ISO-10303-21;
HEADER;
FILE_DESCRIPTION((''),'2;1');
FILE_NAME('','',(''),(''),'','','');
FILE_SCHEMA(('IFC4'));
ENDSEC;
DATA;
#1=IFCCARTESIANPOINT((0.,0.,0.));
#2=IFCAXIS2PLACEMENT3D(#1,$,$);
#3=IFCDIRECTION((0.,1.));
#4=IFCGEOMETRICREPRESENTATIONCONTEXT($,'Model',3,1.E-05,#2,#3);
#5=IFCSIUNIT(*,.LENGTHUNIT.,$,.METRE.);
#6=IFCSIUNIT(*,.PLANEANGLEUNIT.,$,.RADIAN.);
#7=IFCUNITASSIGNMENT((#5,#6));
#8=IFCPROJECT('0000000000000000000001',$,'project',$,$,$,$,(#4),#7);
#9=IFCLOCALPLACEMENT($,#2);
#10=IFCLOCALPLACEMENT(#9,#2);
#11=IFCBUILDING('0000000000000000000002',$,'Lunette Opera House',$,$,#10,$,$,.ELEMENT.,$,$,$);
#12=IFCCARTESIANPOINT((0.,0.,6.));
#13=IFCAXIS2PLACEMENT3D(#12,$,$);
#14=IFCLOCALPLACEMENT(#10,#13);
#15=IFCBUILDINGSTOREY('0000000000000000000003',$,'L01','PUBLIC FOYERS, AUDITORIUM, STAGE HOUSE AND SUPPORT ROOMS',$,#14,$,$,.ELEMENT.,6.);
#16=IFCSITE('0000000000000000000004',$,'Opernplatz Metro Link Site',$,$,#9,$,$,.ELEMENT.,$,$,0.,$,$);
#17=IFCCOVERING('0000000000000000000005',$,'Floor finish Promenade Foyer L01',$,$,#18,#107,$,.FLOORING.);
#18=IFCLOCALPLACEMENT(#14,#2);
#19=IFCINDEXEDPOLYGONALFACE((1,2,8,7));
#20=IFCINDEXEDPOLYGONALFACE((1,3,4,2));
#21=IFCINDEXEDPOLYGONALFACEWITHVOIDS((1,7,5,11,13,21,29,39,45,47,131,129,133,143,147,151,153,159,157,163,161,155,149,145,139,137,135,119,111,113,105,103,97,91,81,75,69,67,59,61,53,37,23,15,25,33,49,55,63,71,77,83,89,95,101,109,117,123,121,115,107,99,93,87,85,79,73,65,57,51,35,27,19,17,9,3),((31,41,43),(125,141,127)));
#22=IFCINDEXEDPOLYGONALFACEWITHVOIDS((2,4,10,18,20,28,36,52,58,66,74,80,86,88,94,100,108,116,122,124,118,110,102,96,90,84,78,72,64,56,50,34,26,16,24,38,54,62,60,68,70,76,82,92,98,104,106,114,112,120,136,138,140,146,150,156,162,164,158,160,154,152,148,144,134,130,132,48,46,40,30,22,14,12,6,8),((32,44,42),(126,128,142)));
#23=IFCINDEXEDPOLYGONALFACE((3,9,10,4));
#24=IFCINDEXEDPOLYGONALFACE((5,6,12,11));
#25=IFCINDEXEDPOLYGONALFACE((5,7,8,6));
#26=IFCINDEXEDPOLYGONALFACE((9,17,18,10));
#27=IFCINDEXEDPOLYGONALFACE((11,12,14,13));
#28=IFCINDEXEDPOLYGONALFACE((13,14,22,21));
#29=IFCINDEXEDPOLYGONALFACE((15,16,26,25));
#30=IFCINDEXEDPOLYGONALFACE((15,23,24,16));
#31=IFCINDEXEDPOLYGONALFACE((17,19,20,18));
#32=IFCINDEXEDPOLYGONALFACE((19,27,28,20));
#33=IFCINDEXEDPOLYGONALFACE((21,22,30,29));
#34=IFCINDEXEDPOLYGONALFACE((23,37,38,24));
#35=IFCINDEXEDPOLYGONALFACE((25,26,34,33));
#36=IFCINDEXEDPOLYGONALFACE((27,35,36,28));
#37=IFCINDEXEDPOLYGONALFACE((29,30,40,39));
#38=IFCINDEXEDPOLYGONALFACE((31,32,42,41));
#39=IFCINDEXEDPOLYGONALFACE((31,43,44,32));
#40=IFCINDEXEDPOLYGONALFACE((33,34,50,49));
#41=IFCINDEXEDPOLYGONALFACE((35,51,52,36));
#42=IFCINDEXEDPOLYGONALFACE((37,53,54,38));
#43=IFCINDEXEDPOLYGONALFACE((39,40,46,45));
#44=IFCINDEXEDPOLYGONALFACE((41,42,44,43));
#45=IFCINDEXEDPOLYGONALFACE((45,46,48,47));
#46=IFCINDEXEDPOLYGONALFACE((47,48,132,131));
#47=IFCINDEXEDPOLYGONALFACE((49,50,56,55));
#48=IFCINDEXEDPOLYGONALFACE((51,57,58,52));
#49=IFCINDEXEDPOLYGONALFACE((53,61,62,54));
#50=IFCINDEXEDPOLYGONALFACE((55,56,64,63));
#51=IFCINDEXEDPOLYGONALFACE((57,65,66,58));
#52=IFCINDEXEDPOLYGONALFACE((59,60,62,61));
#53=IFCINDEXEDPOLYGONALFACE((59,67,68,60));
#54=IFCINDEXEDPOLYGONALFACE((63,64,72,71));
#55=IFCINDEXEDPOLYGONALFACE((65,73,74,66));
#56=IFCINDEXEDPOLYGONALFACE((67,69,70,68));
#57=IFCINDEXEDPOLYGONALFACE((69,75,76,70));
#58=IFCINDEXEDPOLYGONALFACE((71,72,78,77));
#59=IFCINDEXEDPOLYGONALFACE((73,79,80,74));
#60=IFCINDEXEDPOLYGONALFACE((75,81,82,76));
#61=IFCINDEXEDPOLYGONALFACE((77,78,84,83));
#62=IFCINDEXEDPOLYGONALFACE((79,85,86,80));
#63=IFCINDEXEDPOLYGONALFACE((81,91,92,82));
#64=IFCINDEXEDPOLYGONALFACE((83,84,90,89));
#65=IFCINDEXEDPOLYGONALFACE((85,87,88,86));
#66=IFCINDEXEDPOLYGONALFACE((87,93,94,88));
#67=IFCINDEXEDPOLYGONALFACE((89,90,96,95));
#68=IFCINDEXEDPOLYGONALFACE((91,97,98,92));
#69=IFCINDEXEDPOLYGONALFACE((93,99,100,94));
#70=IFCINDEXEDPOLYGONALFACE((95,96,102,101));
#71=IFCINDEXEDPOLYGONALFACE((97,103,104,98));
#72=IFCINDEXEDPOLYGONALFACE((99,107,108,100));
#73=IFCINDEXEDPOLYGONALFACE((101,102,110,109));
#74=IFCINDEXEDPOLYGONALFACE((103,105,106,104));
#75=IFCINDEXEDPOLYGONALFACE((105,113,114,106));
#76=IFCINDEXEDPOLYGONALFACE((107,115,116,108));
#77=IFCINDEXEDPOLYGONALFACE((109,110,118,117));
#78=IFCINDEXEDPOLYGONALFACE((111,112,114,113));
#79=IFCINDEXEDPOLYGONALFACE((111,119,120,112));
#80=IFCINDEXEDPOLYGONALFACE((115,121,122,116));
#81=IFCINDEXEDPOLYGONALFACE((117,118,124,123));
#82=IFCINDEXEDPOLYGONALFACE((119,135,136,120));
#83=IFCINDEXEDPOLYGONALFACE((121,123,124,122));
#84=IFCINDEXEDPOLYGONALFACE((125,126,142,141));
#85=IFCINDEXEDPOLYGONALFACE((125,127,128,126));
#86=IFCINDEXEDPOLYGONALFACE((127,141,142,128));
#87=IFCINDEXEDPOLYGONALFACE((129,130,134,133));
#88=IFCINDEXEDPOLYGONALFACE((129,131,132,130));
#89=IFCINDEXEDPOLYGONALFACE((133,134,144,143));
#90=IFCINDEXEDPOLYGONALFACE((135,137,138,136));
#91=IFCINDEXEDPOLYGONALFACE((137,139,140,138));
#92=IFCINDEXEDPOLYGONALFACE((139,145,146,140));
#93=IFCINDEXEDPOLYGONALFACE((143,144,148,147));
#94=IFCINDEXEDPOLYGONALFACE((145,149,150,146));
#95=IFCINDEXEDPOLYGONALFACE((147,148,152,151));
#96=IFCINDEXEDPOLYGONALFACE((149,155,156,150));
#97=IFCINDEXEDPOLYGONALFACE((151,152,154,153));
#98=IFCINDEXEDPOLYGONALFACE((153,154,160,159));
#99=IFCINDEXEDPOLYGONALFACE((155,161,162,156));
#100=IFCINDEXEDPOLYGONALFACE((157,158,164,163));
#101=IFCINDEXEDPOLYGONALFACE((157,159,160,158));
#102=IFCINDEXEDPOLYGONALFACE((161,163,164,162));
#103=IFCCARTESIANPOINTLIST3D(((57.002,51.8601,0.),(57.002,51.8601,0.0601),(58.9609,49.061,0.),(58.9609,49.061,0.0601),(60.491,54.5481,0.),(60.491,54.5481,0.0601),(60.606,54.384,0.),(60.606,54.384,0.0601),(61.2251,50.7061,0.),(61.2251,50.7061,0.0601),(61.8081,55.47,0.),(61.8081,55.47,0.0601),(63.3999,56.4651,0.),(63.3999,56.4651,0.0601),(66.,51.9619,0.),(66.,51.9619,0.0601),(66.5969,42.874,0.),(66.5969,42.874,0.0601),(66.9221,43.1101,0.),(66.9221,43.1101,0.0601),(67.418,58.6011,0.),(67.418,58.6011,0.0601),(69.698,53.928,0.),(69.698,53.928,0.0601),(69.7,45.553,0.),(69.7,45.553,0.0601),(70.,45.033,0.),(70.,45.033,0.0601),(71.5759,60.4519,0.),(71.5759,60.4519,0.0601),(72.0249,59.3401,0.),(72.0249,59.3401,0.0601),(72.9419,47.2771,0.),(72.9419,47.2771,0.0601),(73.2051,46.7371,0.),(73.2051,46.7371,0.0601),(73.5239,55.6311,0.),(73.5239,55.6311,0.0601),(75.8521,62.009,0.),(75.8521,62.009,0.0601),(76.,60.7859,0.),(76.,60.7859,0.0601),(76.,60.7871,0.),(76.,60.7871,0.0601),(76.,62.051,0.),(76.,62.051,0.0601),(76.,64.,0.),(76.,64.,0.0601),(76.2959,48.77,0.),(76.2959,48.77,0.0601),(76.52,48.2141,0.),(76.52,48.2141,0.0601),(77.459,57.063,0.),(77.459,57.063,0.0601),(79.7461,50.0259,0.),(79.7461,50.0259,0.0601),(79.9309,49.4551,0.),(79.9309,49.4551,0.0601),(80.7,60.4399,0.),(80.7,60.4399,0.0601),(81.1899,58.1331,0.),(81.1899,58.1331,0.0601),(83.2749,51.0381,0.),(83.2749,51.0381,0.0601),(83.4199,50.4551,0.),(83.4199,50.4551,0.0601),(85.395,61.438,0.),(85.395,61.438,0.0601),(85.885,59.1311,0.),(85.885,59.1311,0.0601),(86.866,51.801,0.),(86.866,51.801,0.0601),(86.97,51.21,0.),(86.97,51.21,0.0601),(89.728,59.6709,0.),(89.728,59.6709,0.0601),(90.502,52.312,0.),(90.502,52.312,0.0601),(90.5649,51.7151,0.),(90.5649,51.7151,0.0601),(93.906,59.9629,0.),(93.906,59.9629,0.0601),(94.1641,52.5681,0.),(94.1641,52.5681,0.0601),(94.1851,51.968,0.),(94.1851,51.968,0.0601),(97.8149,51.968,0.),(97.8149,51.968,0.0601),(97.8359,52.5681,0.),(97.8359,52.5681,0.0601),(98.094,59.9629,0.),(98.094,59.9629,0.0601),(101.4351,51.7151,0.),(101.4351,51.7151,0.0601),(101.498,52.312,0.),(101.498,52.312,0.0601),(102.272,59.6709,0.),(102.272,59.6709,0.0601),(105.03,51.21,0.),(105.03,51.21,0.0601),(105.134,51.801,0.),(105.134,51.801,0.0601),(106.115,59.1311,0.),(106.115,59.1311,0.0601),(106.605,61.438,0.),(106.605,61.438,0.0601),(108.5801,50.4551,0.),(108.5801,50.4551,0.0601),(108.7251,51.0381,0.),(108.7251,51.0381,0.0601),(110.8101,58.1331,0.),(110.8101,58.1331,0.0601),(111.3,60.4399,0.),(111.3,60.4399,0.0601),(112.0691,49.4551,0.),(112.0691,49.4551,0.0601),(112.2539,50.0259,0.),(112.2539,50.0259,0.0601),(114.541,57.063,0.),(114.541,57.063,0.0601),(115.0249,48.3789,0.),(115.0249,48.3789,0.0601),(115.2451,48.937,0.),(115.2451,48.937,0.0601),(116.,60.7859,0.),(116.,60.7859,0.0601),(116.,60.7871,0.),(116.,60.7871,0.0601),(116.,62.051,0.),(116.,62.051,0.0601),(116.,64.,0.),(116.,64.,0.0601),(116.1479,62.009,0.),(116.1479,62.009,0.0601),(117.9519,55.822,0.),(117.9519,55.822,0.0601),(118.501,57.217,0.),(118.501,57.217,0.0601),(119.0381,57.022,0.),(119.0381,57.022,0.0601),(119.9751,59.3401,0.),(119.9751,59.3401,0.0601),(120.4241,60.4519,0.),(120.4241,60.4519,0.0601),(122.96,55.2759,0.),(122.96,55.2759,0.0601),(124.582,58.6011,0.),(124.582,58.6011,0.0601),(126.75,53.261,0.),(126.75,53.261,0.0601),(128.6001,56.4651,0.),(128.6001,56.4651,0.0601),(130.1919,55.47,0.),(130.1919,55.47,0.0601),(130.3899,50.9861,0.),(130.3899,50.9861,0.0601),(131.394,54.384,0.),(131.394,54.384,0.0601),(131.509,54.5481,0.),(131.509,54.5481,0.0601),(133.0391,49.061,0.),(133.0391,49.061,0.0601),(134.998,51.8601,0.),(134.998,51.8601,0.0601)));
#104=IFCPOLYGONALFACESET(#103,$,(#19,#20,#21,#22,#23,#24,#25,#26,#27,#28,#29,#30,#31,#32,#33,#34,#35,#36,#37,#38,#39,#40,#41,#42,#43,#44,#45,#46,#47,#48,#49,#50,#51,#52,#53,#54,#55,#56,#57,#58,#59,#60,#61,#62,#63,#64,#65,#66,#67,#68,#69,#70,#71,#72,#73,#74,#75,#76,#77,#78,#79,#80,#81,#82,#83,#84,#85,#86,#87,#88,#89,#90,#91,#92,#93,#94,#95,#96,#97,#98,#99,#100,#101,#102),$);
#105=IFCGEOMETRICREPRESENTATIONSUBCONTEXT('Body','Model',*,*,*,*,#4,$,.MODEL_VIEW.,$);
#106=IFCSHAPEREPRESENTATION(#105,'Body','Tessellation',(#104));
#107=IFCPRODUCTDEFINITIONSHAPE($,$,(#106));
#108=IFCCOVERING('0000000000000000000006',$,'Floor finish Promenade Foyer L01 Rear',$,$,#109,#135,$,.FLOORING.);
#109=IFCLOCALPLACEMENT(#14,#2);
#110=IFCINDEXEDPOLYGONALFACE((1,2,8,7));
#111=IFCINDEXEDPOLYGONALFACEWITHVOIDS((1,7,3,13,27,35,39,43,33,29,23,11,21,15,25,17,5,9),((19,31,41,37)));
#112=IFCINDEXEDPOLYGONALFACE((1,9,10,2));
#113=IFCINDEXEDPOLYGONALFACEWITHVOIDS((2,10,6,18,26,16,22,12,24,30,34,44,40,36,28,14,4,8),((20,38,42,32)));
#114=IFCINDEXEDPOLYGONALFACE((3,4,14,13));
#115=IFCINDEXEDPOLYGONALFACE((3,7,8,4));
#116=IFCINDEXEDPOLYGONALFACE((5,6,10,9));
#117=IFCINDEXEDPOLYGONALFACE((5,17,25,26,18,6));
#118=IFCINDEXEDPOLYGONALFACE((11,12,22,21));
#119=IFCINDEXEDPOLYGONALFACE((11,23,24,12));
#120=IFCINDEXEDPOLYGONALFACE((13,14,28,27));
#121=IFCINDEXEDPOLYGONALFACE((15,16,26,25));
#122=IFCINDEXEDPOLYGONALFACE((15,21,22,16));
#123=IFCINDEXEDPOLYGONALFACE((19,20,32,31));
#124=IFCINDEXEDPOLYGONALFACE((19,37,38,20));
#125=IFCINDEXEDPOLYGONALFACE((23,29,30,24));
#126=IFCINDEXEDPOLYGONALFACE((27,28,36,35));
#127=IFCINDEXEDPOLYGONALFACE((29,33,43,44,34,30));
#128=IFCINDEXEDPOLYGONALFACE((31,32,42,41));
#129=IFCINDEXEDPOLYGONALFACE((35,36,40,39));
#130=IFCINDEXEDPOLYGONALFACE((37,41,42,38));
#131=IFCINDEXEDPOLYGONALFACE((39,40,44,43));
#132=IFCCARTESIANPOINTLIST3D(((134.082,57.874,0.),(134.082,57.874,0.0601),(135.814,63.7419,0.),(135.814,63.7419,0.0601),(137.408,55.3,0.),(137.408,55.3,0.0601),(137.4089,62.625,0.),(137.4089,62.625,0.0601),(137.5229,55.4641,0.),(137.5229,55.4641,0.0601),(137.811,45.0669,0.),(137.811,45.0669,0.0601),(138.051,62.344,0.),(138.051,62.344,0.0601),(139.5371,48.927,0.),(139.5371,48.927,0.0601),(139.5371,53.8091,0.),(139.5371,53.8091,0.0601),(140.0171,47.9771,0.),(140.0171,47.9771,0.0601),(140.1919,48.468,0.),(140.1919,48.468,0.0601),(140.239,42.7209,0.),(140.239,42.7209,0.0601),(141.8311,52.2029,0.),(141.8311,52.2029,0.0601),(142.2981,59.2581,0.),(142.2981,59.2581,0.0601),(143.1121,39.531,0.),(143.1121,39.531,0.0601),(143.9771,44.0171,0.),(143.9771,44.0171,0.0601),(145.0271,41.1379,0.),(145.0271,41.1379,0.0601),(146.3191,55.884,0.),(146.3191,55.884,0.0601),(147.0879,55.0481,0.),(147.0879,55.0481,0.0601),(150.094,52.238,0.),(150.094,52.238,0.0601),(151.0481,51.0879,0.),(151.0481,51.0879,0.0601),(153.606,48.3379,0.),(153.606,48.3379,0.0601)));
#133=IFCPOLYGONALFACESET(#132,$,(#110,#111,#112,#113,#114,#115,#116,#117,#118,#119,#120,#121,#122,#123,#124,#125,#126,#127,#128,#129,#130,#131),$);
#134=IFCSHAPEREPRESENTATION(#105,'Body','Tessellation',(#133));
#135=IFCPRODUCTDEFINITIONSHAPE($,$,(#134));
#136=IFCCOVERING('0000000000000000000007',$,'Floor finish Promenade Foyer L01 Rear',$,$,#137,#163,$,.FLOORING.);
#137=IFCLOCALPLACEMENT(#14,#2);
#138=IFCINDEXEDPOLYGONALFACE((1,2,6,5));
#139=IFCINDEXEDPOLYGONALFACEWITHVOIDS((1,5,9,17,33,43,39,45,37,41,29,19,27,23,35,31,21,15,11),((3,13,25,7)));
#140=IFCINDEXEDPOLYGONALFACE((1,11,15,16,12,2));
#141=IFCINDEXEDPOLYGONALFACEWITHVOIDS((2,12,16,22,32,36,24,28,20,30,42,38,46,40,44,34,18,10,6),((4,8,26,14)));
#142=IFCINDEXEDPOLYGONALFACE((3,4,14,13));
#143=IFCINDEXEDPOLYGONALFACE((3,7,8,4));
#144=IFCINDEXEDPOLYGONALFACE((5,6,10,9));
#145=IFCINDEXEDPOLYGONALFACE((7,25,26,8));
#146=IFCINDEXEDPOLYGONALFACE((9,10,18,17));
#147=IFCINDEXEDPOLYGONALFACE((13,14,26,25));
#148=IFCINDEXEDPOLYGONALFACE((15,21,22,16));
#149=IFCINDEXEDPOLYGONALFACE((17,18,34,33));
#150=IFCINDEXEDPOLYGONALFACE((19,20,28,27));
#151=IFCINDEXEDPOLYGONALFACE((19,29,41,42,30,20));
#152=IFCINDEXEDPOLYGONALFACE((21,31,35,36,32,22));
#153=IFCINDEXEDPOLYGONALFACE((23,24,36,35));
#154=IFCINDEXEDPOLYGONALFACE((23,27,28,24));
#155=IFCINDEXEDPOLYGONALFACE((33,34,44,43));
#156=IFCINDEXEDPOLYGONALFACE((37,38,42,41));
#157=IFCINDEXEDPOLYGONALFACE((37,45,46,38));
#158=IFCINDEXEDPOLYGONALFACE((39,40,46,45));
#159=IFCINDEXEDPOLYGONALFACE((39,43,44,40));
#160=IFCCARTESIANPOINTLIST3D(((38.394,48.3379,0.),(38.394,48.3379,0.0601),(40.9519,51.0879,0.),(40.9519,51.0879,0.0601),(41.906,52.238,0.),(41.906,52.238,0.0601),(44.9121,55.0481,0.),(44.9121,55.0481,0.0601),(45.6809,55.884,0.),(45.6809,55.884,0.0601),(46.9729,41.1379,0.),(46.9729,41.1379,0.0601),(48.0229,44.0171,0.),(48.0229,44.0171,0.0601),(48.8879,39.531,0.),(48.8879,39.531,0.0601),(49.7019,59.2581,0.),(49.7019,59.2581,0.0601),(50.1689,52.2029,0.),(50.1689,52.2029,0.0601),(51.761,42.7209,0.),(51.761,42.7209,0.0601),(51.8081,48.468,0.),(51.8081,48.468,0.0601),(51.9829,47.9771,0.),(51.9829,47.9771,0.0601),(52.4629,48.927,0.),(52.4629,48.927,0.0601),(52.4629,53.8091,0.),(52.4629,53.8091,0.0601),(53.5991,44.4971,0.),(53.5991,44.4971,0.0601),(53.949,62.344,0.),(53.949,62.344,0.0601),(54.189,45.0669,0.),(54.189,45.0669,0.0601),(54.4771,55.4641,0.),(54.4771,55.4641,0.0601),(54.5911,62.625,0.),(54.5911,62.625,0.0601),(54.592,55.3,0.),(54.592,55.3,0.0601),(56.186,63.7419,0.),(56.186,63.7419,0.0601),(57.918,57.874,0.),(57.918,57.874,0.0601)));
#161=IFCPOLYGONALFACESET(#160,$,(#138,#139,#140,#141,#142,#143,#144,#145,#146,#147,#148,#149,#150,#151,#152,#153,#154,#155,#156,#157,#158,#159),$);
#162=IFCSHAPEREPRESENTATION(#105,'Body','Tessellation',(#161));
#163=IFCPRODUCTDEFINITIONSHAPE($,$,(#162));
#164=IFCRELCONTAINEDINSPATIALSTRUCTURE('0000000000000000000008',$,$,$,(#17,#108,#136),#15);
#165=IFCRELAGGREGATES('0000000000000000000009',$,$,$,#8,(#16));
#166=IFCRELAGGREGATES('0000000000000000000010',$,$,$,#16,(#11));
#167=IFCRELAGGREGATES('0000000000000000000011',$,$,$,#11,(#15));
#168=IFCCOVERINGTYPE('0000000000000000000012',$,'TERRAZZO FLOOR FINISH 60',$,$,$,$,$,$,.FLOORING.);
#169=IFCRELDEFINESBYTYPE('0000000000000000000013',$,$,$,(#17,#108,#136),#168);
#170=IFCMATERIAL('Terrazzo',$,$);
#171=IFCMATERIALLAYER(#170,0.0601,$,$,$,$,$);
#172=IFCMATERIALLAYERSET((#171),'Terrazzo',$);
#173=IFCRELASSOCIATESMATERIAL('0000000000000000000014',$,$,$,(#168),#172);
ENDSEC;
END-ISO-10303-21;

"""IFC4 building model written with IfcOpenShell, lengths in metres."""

from ifc_helpers import new_model, si_unit, direction, frame, origin, place, context, subcontext, project, spatial, polyline, outline, extrude, material, layer, layer_set, type_object, element, save


model = new_model("IFC4")

# Units and contexts
model_context = context("Model", 3, precision=1e-05, world=origin(), true_north=direction((0.0, 1.0)))
body_context = subcontext(model_context, "Body", "Model", "MODEL_VIEW")
ifc_project = project(units=[si_unit("LENGTHUNIT", "METRE"), si_unit("PLANEANGLEUNIT", "RADIAN")], contexts=[model_context])

# Site, building, storey
site_placement = place(None, origin())
site = spatial("IfcSite", under=ifc_project, at=site_placement, Name="Opernplatz Metro Link Site", CompositionType="ELEMENT", RefElevation=0.0)
building_placement = place(site_placement, origin())
building = spatial("IfcBuilding", under=site, at=building_placement, Name="Lunette Opera House", CompositionType="ELEMENT")
storey_placement = place(building_placement, frame((0.0, 0.0, 6.0)))
storey = spatial("IfcBuildingStorey", under=building, at=storey_placement, Name="L01", Description="PUBLIC FOYERS, AUDITORIUM, STAGE HOUSE AND SUPPORT ROOMS", CompositionType="ELEMENT", Elevation=6.0)

# Coverings
ifc_material_1 = material(Name="Terrazzo")
ifc_layer_1 = layer(ifc_material_1, 0.0601)
ifc_layer_set_1 = layer_set([ifc_layer_1], Name="Terrazzo")
covering_type_1 = type_object("IfcCoveringType", Name="TERRAZZO FLOOR FINISH 60", PredefinedType="FLOORING", material=ifc_layer_set_1)
covering_1_placement = place(storey_placement, origin())
element("IfcCovering", 1, at=covering_1_placement, inside=storey, type_object=covering_type_1, Name="Floor finish Promenade Foyer L01", PredefinedType="FLOORING", context=body_context, shape_type="SweptSolid", body=[
    extrude(outline(polyline([(63.3999, 56.4651), (67.418, 58.6011), (71.5759, 60.4519), (75.8521, 62.009), (76.0, 62.051), (76.0, 64.0), (116.0, 64.0), (116.0, 62.051), (116.1479, 62.009), (120.4241, 60.4519), (124.582, 58.6011), (128.6001, 56.4651), (130.1919, 55.47), (131.509, 54.5481), (131.394, 54.384), (134.998, 51.8601), (133.0391, 49.061), (130.3899, 50.9861), (126.75, 53.261), (122.96, 55.2759), (119.0381, 57.022), (118.501, 57.217), (117.9519, 55.822), (114.541, 57.063), (110.8101, 58.1331), (111.3, 60.4399), (106.605, 61.438), (106.115, 59.1311), (102.272, 59.6709), (98.094, 59.9629), (93.906, 59.9629), (89.728, 59.6709), (85.885, 59.1311), (85.395, 61.438), (80.7, 60.4399), (81.1899, 58.1331), (77.459, 57.063), (73.5239, 55.6311), (69.698, 53.928), (66.0, 51.9619), (69.7, 45.553), (72.9419, 47.2771), (76.2959, 48.77), (79.7461, 50.0259), (83.2749, 51.0381), (86.866, 51.801), (90.502, 52.312), (94.1641, 52.5681), (97.8359, 52.5681), (101.498, 52.312), (105.134, 51.801), (108.7251, 51.0381), (112.2539, 50.0259), (115.2451, 48.937), (115.0249, 48.3789), (112.0691, 49.4551), (108.5801, 50.4551), (105.03, 51.21), (101.4351, 51.7151), (97.8149, 51.968), (94.1851, 51.968), (90.5649, 51.7151), (86.97, 51.21), (83.4199, 50.4551), (79.9309, 49.4551), (76.52, 48.2141), (73.2051, 46.7371), (70.0, 45.033), (66.9221, 43.1101), (66.5969, 42.874), (61.2251, 50.7061), (58.9609, 49.061), (57.002, 51.8601), (60.606, 54.384), (60.491, 54.5481), (61.8081, 55.47), (63.3999, 56.4651)]), holes=[polyline([(116.0, 60.7859), (119.9751, 59.3401), (116.0, 60.7871), (116.0, 60.7859)]), polyline([(72.0249, 59.3401), (76.0, 60.7859), (76.0, 60.7871), (72.0249, 59.3401)])]), origin(), (0.0, 0.0, 1.0), 0.0601),
])
covering_2_placement = place(storey_placement, origin())
element("IfcCovering", 2, at=covering_2_placement, inside=storey, type_object=covering_type_1, Name="Floor finish Promenade Foyer L01 Rear", PredefinedType="FLOORING", context=body_context, shape_type="SweptSolid", body=[
    extrude(outline(polyline([(141.8311, 52.2029), (139.5371, 53.8091), (137.408, 55.3), (137.5229, 55.4641), (134.082, 57.874), (137.4089, 62.625), (135.814, 63.7419), (138.051, 62.344), (142.2981, 59.2581), (146.3191, 55.884), (150.094, 52.238), (153.606, 48.3379), (145.0271, 41.1379), (143.1121, 39.531), (140.239, 42.7209), (137.811, 45.0669), (140.1919, 48.468), (139.5371, 48.927), (141.8311, 52.2029)]), holes=[polyline([(151.0481, 51.0879), (147.0879, 55.0481), (140.0171, 47.9771), (143.9771, 44.0171), (151.0481, 51.0879)])]), origin(), (0.0, 0.0, 1.0), 0.0601),
])
covering_3_placement = place(storey_placement, origin())
element("IfcCovering", 3, at=covering_3_placement, inside=storey, type_object=covering_type_1, Name="Floor finish Promenade Foyer L01 Rear", PredefinedType="FLOORING", context=body_context, shape_type="SweptSolid", body=[
    extrude(outline(polyline([(51.8081, 48.468), (54.189, 45.0669), (53.5991, 44.4971), (51.761, 42.7209), (48.8879, 39.531), (46.9729, 41.1379), (38.394, 48.3379), (41.906, 52.238), (45.6809, 55.884), (49.7019, 59.2581), (53.949, 62.344), (56.186, 63.7419), (54.5911, 62.625), (57.918, 57.874), (54.4771, 55.4641), (54.592, 55.3), (52.4629, 53.8091), (50.1689, 52.2029), (52.4629, 48.927), (51.8081, 48.468)]), holes=[polyline([(44.9121, 55.0481), (40.9519, 51.0879), (48.0229, 44.0171), (51.9829, 47.9771), (44.9121, 55.0481)])]), origin(), (0.0, 0.0, 1.0), 0.0601),
])

save(model, "model.ifc")
